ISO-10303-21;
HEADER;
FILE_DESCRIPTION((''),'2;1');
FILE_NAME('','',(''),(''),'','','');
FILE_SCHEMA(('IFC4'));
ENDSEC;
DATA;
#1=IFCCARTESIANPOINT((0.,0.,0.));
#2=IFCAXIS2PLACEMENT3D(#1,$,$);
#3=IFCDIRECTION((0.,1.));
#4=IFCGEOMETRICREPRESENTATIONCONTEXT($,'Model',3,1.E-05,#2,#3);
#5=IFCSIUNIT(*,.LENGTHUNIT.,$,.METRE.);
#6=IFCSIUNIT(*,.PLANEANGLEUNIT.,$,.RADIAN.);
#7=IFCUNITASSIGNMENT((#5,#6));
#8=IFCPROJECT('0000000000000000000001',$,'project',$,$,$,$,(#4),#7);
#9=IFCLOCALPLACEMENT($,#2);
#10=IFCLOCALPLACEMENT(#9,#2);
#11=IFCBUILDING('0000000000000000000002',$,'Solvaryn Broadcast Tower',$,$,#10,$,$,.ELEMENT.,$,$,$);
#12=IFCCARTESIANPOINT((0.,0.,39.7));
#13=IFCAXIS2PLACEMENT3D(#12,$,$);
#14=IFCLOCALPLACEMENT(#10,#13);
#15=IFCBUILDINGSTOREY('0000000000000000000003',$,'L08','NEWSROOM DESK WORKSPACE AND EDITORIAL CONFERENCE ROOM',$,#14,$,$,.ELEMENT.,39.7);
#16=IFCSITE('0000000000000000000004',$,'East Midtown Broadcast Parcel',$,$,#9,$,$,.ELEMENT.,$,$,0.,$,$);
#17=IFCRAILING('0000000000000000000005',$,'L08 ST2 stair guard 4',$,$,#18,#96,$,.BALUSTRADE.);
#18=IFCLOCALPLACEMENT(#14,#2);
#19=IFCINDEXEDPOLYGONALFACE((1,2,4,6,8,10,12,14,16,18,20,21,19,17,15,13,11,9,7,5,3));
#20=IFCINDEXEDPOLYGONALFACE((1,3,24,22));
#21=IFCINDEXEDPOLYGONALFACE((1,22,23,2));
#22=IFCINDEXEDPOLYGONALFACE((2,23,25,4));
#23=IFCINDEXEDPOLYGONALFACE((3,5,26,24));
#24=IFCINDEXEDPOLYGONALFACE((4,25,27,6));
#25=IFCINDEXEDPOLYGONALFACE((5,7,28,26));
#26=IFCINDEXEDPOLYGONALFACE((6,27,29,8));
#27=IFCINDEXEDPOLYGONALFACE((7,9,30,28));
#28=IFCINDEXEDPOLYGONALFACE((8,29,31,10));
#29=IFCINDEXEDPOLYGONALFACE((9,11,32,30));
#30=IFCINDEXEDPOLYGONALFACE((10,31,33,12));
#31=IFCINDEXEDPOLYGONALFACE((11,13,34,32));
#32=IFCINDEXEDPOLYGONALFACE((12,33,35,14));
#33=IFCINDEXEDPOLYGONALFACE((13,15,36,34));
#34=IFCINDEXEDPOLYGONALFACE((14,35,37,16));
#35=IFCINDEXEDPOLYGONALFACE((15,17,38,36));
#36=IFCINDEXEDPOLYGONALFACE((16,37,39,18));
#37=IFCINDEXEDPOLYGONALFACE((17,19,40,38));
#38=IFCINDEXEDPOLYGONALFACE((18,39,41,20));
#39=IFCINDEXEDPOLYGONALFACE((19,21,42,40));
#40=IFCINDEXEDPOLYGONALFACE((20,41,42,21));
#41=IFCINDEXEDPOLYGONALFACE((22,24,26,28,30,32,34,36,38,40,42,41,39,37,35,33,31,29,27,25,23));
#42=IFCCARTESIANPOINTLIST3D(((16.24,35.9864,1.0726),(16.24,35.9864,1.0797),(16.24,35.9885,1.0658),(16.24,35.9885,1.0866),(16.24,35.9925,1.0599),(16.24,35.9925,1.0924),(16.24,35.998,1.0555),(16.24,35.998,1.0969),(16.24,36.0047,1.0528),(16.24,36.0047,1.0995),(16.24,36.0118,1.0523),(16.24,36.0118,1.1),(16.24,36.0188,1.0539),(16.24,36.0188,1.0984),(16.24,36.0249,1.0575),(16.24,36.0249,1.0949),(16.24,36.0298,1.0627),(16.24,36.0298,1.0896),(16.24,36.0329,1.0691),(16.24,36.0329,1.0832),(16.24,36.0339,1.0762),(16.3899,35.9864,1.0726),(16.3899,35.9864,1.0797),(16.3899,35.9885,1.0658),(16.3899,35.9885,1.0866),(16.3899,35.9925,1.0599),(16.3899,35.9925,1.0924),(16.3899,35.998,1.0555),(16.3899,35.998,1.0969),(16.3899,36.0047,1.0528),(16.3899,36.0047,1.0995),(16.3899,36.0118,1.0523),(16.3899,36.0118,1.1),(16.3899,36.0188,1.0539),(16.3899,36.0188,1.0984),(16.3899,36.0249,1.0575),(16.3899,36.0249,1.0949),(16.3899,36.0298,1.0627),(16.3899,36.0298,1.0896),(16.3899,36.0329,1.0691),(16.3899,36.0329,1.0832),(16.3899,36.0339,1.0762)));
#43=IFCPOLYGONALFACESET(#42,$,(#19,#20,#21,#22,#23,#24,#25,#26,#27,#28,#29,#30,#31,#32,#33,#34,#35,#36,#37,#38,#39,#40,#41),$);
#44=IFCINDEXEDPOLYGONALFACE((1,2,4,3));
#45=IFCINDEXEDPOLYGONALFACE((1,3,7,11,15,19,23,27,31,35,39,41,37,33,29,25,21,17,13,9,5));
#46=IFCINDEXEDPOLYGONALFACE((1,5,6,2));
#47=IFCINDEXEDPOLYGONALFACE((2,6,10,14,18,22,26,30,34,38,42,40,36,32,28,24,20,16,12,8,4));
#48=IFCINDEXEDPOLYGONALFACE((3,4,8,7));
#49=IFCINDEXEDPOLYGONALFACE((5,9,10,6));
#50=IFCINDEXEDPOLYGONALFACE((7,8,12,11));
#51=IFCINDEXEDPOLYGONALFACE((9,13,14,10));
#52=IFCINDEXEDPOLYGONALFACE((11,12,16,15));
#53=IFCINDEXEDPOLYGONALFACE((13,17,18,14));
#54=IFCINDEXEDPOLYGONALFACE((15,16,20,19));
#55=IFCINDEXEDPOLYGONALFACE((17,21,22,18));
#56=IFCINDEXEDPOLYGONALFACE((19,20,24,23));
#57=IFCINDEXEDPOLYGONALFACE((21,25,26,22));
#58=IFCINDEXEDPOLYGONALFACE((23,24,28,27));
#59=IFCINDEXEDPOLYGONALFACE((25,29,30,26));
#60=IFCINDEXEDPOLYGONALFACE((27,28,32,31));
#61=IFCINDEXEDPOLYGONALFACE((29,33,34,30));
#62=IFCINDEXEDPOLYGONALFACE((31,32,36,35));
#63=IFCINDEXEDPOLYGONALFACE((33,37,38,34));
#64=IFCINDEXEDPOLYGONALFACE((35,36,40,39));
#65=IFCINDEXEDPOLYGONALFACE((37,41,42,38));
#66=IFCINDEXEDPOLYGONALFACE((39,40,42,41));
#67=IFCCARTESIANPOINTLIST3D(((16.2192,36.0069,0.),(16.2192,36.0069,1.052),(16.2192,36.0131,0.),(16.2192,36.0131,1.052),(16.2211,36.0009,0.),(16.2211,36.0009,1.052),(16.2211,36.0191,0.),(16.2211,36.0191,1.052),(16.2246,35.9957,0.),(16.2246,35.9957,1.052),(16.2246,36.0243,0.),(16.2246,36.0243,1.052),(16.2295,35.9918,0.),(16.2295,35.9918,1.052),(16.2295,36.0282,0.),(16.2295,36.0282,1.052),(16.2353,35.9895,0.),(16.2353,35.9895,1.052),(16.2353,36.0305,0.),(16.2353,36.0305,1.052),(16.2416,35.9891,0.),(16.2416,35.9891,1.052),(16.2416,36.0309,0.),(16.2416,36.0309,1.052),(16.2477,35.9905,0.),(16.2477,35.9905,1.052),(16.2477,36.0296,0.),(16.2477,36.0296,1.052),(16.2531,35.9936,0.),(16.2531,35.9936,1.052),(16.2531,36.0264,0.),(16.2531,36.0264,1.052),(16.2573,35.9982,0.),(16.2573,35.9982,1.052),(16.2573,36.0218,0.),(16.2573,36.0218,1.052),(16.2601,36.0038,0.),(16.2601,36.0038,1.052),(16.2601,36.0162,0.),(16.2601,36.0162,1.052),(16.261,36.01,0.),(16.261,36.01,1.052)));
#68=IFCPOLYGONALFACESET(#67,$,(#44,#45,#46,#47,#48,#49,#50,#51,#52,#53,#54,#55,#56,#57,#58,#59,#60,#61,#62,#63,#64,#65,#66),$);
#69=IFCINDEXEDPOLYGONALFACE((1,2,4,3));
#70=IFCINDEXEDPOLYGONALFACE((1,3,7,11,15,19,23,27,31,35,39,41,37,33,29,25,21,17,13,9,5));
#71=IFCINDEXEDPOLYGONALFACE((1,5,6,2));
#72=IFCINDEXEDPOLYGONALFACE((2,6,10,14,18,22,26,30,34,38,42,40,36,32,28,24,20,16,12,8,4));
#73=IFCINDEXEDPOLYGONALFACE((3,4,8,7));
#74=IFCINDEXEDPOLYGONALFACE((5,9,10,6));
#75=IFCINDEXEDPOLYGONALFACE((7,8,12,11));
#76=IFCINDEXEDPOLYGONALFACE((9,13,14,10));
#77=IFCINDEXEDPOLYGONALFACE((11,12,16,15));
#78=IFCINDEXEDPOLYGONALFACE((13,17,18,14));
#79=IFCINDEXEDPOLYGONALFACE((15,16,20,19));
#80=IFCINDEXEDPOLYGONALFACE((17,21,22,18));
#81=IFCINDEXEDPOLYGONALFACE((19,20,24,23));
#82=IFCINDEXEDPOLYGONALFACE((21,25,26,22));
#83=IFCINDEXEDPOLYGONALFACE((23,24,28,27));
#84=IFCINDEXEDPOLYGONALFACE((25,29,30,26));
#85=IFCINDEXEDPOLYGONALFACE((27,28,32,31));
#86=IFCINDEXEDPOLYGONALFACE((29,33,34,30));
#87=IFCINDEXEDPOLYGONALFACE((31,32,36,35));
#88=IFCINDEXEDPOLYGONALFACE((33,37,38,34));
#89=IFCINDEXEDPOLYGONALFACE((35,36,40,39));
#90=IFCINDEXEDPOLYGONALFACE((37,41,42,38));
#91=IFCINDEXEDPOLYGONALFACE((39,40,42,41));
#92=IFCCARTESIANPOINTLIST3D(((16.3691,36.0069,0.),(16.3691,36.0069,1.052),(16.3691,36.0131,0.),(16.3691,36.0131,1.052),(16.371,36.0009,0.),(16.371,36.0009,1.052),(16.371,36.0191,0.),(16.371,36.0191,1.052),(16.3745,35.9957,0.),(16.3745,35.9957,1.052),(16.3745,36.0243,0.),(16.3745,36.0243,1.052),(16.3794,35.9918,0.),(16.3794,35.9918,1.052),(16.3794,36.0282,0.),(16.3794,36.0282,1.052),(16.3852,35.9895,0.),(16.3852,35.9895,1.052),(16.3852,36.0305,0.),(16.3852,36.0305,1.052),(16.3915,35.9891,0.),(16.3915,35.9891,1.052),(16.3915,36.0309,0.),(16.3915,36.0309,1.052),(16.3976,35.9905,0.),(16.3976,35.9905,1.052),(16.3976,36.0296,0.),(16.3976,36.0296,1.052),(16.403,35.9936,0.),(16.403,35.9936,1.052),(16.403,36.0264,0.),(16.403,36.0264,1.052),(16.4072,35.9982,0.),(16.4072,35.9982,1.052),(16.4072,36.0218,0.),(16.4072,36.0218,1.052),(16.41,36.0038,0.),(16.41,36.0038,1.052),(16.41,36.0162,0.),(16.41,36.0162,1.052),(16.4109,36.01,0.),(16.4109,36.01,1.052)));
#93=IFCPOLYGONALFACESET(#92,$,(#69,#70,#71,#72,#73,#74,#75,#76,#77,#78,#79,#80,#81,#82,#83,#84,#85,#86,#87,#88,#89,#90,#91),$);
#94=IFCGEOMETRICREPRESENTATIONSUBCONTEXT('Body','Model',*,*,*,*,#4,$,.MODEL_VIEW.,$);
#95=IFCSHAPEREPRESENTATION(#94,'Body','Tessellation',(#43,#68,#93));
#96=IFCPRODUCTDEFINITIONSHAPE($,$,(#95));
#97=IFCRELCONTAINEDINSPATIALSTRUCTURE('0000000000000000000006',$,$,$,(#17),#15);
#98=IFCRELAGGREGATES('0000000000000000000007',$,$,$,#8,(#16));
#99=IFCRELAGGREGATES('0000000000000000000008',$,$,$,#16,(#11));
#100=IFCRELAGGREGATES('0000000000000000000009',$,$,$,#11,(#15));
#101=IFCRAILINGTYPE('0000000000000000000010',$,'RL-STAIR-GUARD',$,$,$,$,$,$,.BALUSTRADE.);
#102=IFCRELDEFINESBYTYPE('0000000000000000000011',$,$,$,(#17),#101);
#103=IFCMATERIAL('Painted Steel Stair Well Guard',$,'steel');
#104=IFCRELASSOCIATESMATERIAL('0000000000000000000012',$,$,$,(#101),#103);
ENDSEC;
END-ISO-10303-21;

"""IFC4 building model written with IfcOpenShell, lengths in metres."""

from ifc_helpers import new_model, si_unit, direction, frame, origin, origin_2d, place, context, subcontext, project, spatial, circle, extrude, material, type_object, element, save


model = new_model("IFC4")

# Units and contexts
model_context = context("Model", 3, precision=1e-05, world=origin(), true_north=direction((0.0, 1.0)))
body_context = subcontext(model_context, "Body", "Model", "MODEL_VIEW")
ifc_project = project(units=[si_unit("LENGTHUNIT", "METRE"), si_unit("PLANEANGLEUNIT", "RADIAN")], contexts=[model_context])

# Site, building, storey
site_placement = place(None, origin())
site = spatial("IfcSite", under=ifc_project, at=site_placement, Name="East Midtown Broadcast Parcel", CompositionType="ELEMENT", RefElevation=0.0)
building_placement = place(site_placement, origin())
building = spatial("IfcBuilding", under=site, at=building_placement, Name="Solvaryn Broadcast Tower", CompositionType="ELEMENT")
storey_placement = place(building_placement, frame((0.0, 0.0, 39.7)))
storey = spatial("IfcBuildingStorey", under=building, at=storey_placement, Name="L08", Description="NEWSROOM DESK WORKSPACE AND EDITORIAL CONFERENCE ROOM", CompositionType="ELEMENT", Elevation=39.7)

# Railing
ifc_material_1 = material(Name="Painted Steel Stair Well Guard", Category="steel")
railing_type_1 = type_object("IfcRailingType", Name="RL-STAIR-GUARD", PredefinedType="BALUSTRADE", material=ifc_material_1)
railing_1_placement = place(storey_placement, frame((16.24, 36.01, 0.0)))
element("IfcRailing", 1, at=railing_1_placement, inside=storey, type_object=railing_type_1, Name="L08 ST2 stair guard 4", PredefinedType="BALUSTRADE", context=body_context, shape_type="SweptSolid", body=[
    extrude(circle(Radius=0.0239, at=origin_2d()), frame((0.0, 0.0, 1.0762), z_axis=(1.0, 0.0, 0.0), x_axis=(0.0, 1.0, 0.0)), (0.0, 0.0, 1.0), 0.1499),
    extrude(circle(Radius=0.021, at=origin_2d()), origin(), (0.0, 0.0, 1.0), 1.052),
    extrude(circle(Radius=0.021, at=origin_2d()), frame((0.1499, 0.0, 0.0)), (0.0, 0.0, 1.0), 1.052),
])

save(model, "model.ifc")
